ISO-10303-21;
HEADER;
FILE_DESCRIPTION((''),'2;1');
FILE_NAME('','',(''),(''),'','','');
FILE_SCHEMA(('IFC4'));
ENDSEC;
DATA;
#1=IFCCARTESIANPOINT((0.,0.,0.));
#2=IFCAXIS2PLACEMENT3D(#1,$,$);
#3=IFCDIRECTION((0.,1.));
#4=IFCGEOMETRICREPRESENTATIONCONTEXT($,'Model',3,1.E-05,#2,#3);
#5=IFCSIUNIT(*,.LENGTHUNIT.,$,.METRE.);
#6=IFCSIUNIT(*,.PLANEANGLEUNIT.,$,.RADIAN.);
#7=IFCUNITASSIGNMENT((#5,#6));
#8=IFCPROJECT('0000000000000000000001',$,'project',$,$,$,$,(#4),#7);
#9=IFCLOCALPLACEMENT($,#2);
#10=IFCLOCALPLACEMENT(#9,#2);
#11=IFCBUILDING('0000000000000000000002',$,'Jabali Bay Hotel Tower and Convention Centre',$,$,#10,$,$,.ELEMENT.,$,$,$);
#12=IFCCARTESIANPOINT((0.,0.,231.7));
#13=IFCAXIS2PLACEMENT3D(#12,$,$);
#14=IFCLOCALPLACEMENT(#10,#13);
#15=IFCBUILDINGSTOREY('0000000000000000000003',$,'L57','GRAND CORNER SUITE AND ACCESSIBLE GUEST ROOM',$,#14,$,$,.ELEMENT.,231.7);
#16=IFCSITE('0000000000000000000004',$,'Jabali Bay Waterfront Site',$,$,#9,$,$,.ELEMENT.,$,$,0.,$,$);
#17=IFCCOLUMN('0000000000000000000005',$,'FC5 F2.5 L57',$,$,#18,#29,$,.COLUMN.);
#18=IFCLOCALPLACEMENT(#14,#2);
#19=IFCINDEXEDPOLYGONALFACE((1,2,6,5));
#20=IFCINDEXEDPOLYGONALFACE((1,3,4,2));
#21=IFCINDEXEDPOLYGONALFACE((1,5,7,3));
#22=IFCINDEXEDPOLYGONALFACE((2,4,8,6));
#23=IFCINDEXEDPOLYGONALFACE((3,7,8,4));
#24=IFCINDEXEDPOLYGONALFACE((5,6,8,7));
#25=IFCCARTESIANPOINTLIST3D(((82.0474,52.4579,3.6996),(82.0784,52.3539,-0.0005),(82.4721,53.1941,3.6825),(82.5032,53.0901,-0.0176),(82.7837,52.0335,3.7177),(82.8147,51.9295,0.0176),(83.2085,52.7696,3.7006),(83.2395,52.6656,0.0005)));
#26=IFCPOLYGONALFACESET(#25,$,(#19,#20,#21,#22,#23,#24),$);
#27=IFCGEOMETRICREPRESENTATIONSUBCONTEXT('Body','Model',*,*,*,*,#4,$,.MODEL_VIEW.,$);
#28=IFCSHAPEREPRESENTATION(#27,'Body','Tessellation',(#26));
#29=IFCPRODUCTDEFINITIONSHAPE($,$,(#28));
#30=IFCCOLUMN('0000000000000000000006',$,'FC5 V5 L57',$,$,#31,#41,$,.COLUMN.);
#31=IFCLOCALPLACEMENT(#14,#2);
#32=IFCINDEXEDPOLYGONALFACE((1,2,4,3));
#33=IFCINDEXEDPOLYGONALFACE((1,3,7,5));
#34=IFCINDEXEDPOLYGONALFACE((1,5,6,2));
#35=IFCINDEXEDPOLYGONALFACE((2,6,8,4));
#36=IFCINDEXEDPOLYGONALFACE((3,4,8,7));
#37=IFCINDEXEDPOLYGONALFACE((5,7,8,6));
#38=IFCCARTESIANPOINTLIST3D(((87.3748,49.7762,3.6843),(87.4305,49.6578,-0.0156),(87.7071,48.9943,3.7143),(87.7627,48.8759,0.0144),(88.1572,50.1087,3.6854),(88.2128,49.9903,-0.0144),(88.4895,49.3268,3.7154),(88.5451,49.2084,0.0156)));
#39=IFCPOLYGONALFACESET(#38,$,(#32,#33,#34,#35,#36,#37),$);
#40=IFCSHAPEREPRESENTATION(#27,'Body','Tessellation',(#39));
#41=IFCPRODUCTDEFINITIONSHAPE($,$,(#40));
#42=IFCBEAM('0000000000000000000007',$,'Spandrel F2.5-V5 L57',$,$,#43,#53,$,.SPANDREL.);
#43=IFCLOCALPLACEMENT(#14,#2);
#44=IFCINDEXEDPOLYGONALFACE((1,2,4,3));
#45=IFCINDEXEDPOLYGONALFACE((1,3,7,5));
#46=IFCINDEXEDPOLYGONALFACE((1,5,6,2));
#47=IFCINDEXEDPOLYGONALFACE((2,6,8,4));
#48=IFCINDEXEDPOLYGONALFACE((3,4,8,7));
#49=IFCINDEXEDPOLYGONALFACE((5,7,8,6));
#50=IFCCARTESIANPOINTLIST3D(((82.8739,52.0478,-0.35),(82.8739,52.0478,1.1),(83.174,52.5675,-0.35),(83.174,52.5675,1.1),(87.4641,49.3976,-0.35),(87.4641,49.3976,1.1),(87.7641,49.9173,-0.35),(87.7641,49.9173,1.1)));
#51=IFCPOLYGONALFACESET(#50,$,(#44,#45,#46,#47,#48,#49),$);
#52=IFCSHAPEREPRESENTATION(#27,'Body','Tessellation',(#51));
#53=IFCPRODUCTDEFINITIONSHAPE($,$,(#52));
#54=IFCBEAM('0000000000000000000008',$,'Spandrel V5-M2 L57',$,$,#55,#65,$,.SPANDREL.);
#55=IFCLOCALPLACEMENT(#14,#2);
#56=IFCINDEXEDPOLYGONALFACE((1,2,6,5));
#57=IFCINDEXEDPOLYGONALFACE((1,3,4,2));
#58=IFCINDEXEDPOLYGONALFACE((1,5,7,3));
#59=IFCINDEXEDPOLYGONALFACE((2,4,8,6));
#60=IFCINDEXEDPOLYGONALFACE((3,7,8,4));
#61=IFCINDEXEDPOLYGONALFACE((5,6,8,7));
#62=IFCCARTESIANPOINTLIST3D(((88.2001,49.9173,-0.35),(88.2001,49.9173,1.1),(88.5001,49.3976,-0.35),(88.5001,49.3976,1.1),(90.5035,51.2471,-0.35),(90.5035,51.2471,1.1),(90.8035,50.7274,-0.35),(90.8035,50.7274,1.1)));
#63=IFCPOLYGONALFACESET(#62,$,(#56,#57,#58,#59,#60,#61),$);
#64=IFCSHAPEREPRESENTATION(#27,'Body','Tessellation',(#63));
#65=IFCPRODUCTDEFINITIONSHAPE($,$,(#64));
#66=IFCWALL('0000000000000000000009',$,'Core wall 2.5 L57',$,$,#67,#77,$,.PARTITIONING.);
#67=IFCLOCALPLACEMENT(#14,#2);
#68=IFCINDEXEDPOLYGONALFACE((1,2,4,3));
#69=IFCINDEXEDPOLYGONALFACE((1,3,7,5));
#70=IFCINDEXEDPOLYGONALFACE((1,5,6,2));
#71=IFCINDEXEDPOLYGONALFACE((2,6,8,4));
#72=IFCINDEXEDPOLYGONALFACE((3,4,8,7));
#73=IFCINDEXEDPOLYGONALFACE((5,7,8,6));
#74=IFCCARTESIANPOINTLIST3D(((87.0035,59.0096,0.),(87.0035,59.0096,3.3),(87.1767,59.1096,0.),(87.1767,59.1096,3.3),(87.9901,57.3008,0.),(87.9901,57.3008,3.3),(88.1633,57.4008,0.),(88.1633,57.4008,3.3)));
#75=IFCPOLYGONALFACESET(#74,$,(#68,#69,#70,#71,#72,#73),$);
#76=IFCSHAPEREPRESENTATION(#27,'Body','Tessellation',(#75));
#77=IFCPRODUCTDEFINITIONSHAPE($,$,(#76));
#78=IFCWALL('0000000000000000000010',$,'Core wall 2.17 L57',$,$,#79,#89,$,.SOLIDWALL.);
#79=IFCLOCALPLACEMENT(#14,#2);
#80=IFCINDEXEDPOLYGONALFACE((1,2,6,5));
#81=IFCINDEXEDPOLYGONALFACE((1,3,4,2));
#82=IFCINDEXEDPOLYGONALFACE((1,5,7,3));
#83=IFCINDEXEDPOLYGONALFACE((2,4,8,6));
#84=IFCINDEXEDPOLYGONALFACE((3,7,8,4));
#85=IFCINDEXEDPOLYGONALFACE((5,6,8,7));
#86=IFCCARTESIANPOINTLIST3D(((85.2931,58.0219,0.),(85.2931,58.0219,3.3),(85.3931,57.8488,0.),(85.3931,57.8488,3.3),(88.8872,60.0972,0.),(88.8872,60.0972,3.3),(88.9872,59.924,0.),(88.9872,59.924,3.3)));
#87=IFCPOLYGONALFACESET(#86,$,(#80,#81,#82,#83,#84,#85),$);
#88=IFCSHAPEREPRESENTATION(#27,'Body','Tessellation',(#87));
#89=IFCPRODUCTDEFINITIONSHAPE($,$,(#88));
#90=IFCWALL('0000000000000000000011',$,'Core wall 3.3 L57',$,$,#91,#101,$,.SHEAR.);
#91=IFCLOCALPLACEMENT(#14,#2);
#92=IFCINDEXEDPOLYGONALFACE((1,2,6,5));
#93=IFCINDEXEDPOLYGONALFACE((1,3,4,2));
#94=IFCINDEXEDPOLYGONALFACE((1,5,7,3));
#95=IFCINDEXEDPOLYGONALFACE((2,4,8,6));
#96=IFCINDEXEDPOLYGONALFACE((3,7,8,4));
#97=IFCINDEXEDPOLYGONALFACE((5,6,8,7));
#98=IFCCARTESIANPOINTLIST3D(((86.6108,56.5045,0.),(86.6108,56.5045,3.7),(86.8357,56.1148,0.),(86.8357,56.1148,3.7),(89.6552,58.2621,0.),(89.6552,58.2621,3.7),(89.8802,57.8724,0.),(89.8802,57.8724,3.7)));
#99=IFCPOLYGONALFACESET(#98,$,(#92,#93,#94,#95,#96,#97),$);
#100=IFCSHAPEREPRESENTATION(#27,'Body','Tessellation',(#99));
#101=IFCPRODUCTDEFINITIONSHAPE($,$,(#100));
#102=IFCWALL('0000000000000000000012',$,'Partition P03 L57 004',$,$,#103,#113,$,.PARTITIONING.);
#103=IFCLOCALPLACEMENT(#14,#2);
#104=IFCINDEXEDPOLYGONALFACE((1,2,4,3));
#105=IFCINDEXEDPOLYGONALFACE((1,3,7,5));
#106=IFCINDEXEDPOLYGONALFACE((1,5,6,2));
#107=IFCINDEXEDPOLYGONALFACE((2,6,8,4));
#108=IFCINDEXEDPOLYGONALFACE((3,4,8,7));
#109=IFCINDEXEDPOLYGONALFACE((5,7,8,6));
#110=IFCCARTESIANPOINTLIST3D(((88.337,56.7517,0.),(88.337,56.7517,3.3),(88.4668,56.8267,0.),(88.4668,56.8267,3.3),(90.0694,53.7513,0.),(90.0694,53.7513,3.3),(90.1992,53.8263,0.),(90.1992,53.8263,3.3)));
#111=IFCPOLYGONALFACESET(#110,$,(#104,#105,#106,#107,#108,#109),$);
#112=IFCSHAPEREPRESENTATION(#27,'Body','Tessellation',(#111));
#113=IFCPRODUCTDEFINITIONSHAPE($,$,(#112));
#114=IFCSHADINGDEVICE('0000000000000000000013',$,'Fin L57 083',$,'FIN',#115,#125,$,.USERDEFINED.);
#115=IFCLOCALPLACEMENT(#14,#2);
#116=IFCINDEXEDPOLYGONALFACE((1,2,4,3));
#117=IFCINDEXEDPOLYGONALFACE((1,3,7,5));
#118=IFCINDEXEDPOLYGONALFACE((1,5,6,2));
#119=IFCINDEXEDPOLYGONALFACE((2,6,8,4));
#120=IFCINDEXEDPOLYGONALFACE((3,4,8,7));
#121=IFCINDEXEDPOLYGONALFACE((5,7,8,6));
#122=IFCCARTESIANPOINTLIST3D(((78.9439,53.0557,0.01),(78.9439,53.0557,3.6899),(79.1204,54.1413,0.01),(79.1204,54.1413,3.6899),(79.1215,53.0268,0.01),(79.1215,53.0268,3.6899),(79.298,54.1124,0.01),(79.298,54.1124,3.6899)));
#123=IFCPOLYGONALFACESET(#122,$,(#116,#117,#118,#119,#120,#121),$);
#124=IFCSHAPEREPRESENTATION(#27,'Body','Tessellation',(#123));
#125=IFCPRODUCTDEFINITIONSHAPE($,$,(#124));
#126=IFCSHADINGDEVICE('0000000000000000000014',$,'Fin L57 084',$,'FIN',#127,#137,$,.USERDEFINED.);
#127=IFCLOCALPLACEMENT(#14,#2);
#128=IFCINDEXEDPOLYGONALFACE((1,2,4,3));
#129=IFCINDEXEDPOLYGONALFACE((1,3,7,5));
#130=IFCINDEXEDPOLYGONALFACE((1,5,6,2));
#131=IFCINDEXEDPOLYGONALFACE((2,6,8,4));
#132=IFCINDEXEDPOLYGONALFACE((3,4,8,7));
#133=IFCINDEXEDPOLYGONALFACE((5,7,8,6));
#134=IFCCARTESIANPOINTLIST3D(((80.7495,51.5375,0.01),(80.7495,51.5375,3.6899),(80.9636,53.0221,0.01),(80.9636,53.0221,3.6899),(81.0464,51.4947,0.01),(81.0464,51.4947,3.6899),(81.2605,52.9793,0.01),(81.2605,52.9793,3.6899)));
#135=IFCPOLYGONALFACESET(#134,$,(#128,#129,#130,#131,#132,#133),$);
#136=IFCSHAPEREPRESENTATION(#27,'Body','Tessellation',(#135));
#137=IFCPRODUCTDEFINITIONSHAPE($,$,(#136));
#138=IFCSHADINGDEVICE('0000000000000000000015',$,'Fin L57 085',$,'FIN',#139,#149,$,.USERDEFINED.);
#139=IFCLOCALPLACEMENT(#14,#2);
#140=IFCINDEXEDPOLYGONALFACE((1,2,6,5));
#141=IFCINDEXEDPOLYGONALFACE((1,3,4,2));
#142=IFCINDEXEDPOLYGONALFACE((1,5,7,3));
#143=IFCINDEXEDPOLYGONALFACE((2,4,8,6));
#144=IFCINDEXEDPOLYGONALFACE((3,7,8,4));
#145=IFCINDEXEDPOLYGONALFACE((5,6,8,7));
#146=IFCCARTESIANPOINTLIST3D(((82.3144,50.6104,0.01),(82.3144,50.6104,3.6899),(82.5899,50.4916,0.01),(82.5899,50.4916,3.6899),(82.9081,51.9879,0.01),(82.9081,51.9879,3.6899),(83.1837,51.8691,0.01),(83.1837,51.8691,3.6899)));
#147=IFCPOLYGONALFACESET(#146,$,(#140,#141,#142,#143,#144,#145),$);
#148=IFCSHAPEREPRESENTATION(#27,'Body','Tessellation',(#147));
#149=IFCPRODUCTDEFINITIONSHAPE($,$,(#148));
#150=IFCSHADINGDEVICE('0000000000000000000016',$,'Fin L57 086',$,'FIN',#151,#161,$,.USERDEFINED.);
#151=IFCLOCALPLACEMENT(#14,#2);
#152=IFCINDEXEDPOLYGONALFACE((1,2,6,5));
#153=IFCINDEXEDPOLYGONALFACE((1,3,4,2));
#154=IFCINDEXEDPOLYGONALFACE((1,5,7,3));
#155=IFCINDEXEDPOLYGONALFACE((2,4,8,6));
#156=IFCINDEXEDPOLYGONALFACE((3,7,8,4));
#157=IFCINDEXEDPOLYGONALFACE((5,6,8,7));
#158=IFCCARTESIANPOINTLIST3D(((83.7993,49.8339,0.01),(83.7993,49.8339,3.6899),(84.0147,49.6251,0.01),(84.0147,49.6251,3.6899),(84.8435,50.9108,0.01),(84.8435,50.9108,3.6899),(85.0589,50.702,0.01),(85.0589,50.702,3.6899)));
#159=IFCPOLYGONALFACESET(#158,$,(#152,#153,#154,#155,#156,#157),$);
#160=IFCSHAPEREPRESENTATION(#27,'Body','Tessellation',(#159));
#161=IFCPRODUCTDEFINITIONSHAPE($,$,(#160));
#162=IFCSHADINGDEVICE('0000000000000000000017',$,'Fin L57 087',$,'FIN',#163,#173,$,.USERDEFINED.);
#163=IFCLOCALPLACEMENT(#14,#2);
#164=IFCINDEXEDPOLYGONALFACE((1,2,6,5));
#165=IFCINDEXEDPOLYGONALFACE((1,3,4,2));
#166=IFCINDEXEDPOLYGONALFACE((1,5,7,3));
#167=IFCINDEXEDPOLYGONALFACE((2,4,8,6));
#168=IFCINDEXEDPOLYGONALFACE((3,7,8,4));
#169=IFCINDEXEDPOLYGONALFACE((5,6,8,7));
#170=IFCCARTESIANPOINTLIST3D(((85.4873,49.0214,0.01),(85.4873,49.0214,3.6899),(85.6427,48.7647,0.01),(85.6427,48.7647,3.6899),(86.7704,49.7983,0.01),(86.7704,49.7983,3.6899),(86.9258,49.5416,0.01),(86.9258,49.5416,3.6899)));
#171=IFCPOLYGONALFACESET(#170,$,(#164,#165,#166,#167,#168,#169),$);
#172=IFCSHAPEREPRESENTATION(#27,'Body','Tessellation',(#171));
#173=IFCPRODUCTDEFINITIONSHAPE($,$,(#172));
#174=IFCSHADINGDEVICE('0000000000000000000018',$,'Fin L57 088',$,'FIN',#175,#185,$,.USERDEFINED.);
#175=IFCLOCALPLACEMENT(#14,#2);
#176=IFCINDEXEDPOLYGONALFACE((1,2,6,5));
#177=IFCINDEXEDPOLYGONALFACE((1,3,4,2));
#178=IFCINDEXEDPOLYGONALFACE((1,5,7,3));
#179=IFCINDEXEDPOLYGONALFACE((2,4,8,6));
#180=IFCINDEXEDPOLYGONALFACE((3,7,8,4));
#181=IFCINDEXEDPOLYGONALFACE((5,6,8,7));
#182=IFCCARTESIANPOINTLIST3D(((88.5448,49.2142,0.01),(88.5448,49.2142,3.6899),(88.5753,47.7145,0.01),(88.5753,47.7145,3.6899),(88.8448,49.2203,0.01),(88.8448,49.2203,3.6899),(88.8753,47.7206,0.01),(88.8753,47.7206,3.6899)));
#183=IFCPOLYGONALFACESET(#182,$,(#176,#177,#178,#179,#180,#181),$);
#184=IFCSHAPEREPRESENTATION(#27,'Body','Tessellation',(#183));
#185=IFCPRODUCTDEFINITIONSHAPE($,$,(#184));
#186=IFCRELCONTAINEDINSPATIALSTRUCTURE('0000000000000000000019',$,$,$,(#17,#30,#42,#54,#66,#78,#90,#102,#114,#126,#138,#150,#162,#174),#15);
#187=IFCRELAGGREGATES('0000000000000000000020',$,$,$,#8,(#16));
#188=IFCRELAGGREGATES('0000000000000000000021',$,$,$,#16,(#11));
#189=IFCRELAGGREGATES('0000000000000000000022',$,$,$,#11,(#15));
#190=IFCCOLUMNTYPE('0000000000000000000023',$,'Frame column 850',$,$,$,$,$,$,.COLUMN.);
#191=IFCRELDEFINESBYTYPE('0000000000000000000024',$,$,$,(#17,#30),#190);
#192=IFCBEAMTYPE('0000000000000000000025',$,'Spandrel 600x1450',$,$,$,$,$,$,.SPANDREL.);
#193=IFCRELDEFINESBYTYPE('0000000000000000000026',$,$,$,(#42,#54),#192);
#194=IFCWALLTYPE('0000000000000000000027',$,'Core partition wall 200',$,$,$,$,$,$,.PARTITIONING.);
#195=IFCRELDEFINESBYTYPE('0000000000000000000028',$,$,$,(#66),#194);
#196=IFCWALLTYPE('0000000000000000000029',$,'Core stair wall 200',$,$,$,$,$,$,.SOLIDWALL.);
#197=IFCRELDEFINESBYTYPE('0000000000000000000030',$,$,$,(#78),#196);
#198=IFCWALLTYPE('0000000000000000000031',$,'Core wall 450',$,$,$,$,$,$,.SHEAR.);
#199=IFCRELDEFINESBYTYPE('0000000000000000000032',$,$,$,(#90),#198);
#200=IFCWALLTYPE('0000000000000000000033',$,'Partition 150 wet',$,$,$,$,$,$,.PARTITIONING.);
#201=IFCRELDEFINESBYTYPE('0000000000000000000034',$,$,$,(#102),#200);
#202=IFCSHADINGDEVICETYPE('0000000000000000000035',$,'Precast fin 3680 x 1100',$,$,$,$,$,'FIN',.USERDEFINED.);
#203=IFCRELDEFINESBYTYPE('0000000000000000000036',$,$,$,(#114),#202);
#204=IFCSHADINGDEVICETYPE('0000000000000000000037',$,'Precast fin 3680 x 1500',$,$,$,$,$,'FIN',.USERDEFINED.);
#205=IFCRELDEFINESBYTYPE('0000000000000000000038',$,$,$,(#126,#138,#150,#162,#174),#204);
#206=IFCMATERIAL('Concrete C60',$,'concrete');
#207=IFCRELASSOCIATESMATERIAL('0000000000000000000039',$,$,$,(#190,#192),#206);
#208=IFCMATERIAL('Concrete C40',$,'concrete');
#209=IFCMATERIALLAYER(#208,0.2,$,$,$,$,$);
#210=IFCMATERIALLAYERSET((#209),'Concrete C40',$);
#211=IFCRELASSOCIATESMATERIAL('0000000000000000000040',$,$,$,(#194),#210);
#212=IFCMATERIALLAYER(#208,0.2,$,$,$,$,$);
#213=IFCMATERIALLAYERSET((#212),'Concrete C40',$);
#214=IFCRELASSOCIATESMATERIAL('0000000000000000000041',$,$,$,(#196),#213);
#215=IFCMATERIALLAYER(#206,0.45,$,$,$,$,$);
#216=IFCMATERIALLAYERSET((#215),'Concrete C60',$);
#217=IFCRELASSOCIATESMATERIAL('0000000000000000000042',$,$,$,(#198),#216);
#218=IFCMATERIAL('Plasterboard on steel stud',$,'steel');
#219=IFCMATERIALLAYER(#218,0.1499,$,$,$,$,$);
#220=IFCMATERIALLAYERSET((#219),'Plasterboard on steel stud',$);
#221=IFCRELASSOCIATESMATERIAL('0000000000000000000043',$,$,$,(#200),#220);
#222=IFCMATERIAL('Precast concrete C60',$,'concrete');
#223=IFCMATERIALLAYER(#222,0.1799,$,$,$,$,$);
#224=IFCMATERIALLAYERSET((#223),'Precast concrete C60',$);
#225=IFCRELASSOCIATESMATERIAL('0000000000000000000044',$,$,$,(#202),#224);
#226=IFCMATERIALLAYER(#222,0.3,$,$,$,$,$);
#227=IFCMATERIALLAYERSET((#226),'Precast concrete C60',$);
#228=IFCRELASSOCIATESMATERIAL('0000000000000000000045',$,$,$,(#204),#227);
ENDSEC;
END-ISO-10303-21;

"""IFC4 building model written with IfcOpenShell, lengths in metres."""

from ifc_helpers import new_model, si_unit, direction, frame, frame_2d, origin, origin_2d, place, context, subcontext, project, spatial, rectangle, extrude, material, layer, layer_set, material_profile, profile_set, type_object, element, save


model = new_model("IFC4")

# Units and contexts
model_context = context("Model", 3, precision=1e-05, world=origin(), true_north=direction((0.0, 1.0)))
body_context = subcontext(model_context, "Body", "Model", "MODEL_VIEW")
ifc_project = project(units=[si_unit("LENGTHUNIT", "METRE"), si_unit("PLANEANGLEUNIT", "RADIAN")], contexts=[model_context])

# Site, building, storey
site_placement = place(None, origin())
site = spatial("IfcSite", under=ifc_project, at=site_placement, Name="Jabali Bay Waterfront Site", CompositionType="ELEMENT", RefElevation=0.0)
building_placement = place(site_placement, origin())
building = spatial("IfcBuilding", under=site, at=building_placement, Name="Jabali Bay Hotel Tower and Convention Centre", CompositionType="ELEMENT")
storey_placement = place(building_placement, frame((0.0, 0.0, 231.7)))
storey = spatial("IfcBuildingStorey", under=building, at=storey_placement, Name="L57", Description="GRAND CORNER SUITE AND ACCESSIBLE GUEST ROOM", CompositionType="ELEMENT", Elevation=231.7)

# Columns
ifc_material_1 = material(Name="Concrete C60", Category="concrete")
ifc_material_profile_1 = material_profile(ifc_material_1, rectangle(XDim=0.8501, YDim=0.8501, at=origin_2d()), Name="Frame column 850")
ifc_profile_set_1 = profile_set([ifc_material_profile_1], Name="Concrete C60")
column_type = type_object("IfcColumnType", Name="Frame column 850", PredefinedType="COLUMN", material=ifc_profile_set_1)
column_1_placement = place(storey_placement, frame((82.6589, 52.5098, 0.0), z_axis=(-0.008376, 0.028097, 0.99957), x_axis=(-0.499672, -0.86598, 0.020155)))
element("IfcColumn", 1, at=column_1_placement, inside=storey, type_object=column_type, Name="FC5 F2.5 L57", PredefinedType="COLUMN", context=body_context, shape_type="SweptSolid", body=[
    extrude(rectangle(XDim=0.8501, YDim=0.8501, at=origin_2d()), origin(), (0.0, 0.0, 1.0), 3.7017),
])
column_2_placement = place(storey_placement, frame((87.9878, 49.4331, 0.0), z_axis=(-0.015035, 0.031983, 0.999375), x_axis=(0.390865, -0.91977, 0.035315)))
element("IfcColumn", 2, at=column_2_placement, inside=storey, type_object=column_type, Name="FC5 V5 L57", PredefinedType="COLUMN", context=body_context, shape_type="SweptSolid", body=[
    extrude(rectangle(XDim=0.8501, YDim=0.8501, at=origin_2d()), origin(), (0.0, 0.0, 1.0), 3.7021),
])

# Beams
ifc_material_profile_2 = material_profile(ifc_material_1, rectangle(XDim=0.6001, YDim=1.45, at=origin_2d()), Name="Spandrel 600x1450")
ifc_profile_set_2 = profile_set([ifc_material_profile_2], Name="Concrete C60")
beam_type = type_object("IfcBeamType", Name="Spandrel 600x1450", PredefinedType="SPANDREL", material=ifc_profile_set_2)
beam_1_placement = place(storey_placement, frame((83.0239, 52.3076, 0.375), z_axis=(0.866021, -0.500008, 0.0), x_axis=(0.500008, 0.866021, 0.0)))
element("IfcBeam", 3, at=beam_1_placement, inside=storey, type_object=beam_type, Name="Spandrel F2.5-V5 L57", PredefinedType="SPANDREL", context=body_context, shape_type="SweptSolid", body=[
    extrude(rectangle(XDim=0.6001, YDim=1.45, at=origin_2d()), origin(), (0.0, 0.0, 1.0), 5.3003),
])
beam_2_placement = place(storey_placement, frame((88.3501, 49.6575, 0.375), z_axis=(0.866037, 0.499979, 0.0), x_axis=(-0.499979, 0.866037, 0.0)))
element("IfcBeam", 4, at=beam_2_placement, inside=storey, type_object=beam_type, Name="Spandrel V5-M2 L57", PredefinedType="SPANDREL", context=body_context, shape_type="SweptSolid", body=[
    extrude(rectangle(XDim=0.6001, YDim=1.45, at=origin_2d()), origin(), (0.0, 0.0, 1.0), 2.6597),
])

# Walls
ifc_material_2 = material(Name="Concrete C40", Category="concrete")
ifc_layer_1 = layer(ifc_material_2, 0.2)
ifc_layer_set_1 = layer_set([ifc_layer_1], Name="Concrete C40")
wall_type_1 = type_object("IfcWallType", Name="Core partition wall 200", PredefinedType="PARTITIONING", material=ifc_layer_set_1)
wall_1_placement = place(storey_placement, frame((87.0901, 59.0596, 0.0), z_axis=(0.0, 0.0, 1.0), x_axis=(0.500012, -0.866019, 0.0)))
element("IfcWall", 5, at=wall_1_placement, inside=storey, type_object=wall_type_1, Name="Core wall 2.5 L57", PredefinedType="PARTITIONING", context=body_context, shape_type="SweptSolid", body=[
    extrude(rectangle(XDim=1.9731, YDim=0.2, at=frame_2d((0.9866, 0.0))), origin(), (0.0, 0.0, 1.0), 3.3),
])
ifc_layer_2 = layer(ifc_material_2, 0.2)
ifc_layer_set_2 = layer_set([ifc_layer_2], Name="Concrete C40")
wall_type_2 = type_object("IfcWallType", Name="Core stair wall 200", PredefinedType="SOLIDWALL", material=ifc_layer_set_2)
wall_2_placement = place(storey_placement, frame((85.343, 57.9353, 0.0), z_axis=(0.0, 0.0, 1.0), x_axis=(0.866004, 0.500036, 0.0)))
element("IfcWall", 6, at=wall_2_placement, inside=storey, type_object=wall_type_2, Name="Core wall 2.17 L57", PredefinedType="SOLIDWALL", context=body_context, shape_type="SweptSolid", body=[
    extrude(rectangle(XDim=4.1501, YDim=0.2, at=frame_2d((2.0752, 0.0))), origin(), (0.0, 0.0, 1.0), 3.3),
])
ifc_layer_3 = layer(ifc_material_1, 0.45)
ifc_layer_set_3 = layer_set([ifc_layer_3], Name="Concrete C60")
wall_type_3 = type_object("IfcWallType", Name="Core wall 450", PredefinedType="SHEAR", material=ifc_layer_set_3)
wall_3_placement = place(storey_placement, frame((86.7231, 56.3096, 0.0), z_axis=(0.0, 0.0, 1.0), x_axis=(0.866042, 0.499971, 0.0)))
element("IfcWall", 7, at=wall_3_placement, inside=storey, type_object=wall_type_3, Name="Core wall 3.3 L57", PredefinedType="SHEAR", context=body_context, shape_type="SweptSolid", body=[
    extrude(rectangle(XDim=3.5154, YDim=0.45, at=frame_2d((1.7578, 0.0))), origin(), (0.0, 0.0, 1.0), 3.7),
])

# Wall
ifc_material_3 = material(Name="Plasterboard on steel stud", Category="steel")
ifc_layer_4 = layer(ifc_material_3, 0.1499)
ifc_layer_set_4 = layer_set([ifc_layer_4], Name="Plasterboard on steel stud")
wall_type_4 = type_object("IfcWallType", Name="Partition 150 wet", PredefinedType="PARTITIONING", material=ifc_layer_set_4)
wall_4_placement = place(storey_placement, frame((88.4019, 56.7893, 0.0), z_axis=(0.0, 0.0, 1.0), x_axis=(0.500019, -0.866014, 0.0)))
element("IfcWall", 8, at=wall_4_placement, inside=storey, type_object=wall_type_4, Name="Partition P03 L57 004", PredefinedType="PARTITIONING", context=body_context, shape_type="SweptSolid", body=[
    extrude(rectangle(XDim=3.4646, YDim=0.1499, at=frame_2d((1.7324, 0.0))), origin(), (0.0, 0.0, 1.0), 3.3),
])

# Shading devices
ifc_material_4 = material(Name="Precast concrete C60", Category="concrete")
ifc_layer_5 = layer(ifc_material_4, 0.1799)
ifc_layer_set_5 = layer_set([ifc_layer_5], Name="Precast concrete C60")
shading_device_type_1 = type_object("IfcShadingDeviceType", Name="Precast fin 3680 x 1100", ElementType="FIN", PredefinedType="USERDEFINED", material=ifc_layer_set_5)
shading_device_1_placement = place(storey_placement, frame((79.2092, 54.1267, 0.01), z_axis=(0.0, 0.0, 1.0), x_axis=(-0.160474, -0.98704, 0.0)))
element("IfcShadingDevice", 9, at=shading_device_1_placement, inside=storey, type_object=shading_device_type_1, Name="Fin L57 083", ObjectType="FIN", PredefinedType="USERDEFINED", context=body_context, shape_type="SweptSolid", body=[
    extrude(rectangle(XDim=1.0999, YDim=0.1799, at=frame_2d((0.5498, 0.0))), origin(), (0.0, 0.0, 1.0), 3.6799),
])
ifc_layer_6 = layer(ifc_material_4, 0.3)
ifc_layer_set_6 = layer_set([ifc_layer_6], Name="Precast concrete C60")
shading_device_type_2 = type_object("IfcShadingDeviceType", Name="Precast fin 3680 x 1500", ElementType="FIN", PredefinedType="USERDEFINED", material=ifc_layer_set_6)
for number, where, z_axis, x_axis, name in (
    (10, (81.1121, 53.0007, 0.01), (0.0, 0.0, 1.0), (-0.142743, -0.98976, 0.0), "Fin L57 084"),
    (11, (83.0459, 51.9285, 0.01), (0.0, 0.0, 1.0), (-0.395844, -0.918318, 0.0), "Fin L57 085"),
    (12, (84.9512, 50.8064, 0.01), (0.0, 0.0, 1.0), (-0.696118, -0.717928, 0.0), "Fin L57 086"),
    (13, (86.8481, 49.6699, 0.01), (0.0, 0.0, 1.0), (-0.855447, -0.51789, 0.0), "Fin L57 087"),
    (14, (88.6948, 49.2173, 0.01), (0.0, 0.0, 1.0), (0.020344, -0.999793, 0.0), "Fin L57 088"),
):
    element("IfcShadingDevice", number, at=place(storey_placement, frame(where, z_axis=z_axis, x_axis=x_axis)), inside=storey, type_object=shading_device_type_2, Name=name, ObjectType="FIN", PredefinedType="USERDEFINED", context=body_context, shape_type="SweptSolid", body=[
        extrude(rectangle(XDim=1.5, YDim=0.3, at=frame_2d((0.75, 0.0))), origin(), (0.0, 0.0, 1.0), 3.6799),
    ])

save(model, "model.ifc")
